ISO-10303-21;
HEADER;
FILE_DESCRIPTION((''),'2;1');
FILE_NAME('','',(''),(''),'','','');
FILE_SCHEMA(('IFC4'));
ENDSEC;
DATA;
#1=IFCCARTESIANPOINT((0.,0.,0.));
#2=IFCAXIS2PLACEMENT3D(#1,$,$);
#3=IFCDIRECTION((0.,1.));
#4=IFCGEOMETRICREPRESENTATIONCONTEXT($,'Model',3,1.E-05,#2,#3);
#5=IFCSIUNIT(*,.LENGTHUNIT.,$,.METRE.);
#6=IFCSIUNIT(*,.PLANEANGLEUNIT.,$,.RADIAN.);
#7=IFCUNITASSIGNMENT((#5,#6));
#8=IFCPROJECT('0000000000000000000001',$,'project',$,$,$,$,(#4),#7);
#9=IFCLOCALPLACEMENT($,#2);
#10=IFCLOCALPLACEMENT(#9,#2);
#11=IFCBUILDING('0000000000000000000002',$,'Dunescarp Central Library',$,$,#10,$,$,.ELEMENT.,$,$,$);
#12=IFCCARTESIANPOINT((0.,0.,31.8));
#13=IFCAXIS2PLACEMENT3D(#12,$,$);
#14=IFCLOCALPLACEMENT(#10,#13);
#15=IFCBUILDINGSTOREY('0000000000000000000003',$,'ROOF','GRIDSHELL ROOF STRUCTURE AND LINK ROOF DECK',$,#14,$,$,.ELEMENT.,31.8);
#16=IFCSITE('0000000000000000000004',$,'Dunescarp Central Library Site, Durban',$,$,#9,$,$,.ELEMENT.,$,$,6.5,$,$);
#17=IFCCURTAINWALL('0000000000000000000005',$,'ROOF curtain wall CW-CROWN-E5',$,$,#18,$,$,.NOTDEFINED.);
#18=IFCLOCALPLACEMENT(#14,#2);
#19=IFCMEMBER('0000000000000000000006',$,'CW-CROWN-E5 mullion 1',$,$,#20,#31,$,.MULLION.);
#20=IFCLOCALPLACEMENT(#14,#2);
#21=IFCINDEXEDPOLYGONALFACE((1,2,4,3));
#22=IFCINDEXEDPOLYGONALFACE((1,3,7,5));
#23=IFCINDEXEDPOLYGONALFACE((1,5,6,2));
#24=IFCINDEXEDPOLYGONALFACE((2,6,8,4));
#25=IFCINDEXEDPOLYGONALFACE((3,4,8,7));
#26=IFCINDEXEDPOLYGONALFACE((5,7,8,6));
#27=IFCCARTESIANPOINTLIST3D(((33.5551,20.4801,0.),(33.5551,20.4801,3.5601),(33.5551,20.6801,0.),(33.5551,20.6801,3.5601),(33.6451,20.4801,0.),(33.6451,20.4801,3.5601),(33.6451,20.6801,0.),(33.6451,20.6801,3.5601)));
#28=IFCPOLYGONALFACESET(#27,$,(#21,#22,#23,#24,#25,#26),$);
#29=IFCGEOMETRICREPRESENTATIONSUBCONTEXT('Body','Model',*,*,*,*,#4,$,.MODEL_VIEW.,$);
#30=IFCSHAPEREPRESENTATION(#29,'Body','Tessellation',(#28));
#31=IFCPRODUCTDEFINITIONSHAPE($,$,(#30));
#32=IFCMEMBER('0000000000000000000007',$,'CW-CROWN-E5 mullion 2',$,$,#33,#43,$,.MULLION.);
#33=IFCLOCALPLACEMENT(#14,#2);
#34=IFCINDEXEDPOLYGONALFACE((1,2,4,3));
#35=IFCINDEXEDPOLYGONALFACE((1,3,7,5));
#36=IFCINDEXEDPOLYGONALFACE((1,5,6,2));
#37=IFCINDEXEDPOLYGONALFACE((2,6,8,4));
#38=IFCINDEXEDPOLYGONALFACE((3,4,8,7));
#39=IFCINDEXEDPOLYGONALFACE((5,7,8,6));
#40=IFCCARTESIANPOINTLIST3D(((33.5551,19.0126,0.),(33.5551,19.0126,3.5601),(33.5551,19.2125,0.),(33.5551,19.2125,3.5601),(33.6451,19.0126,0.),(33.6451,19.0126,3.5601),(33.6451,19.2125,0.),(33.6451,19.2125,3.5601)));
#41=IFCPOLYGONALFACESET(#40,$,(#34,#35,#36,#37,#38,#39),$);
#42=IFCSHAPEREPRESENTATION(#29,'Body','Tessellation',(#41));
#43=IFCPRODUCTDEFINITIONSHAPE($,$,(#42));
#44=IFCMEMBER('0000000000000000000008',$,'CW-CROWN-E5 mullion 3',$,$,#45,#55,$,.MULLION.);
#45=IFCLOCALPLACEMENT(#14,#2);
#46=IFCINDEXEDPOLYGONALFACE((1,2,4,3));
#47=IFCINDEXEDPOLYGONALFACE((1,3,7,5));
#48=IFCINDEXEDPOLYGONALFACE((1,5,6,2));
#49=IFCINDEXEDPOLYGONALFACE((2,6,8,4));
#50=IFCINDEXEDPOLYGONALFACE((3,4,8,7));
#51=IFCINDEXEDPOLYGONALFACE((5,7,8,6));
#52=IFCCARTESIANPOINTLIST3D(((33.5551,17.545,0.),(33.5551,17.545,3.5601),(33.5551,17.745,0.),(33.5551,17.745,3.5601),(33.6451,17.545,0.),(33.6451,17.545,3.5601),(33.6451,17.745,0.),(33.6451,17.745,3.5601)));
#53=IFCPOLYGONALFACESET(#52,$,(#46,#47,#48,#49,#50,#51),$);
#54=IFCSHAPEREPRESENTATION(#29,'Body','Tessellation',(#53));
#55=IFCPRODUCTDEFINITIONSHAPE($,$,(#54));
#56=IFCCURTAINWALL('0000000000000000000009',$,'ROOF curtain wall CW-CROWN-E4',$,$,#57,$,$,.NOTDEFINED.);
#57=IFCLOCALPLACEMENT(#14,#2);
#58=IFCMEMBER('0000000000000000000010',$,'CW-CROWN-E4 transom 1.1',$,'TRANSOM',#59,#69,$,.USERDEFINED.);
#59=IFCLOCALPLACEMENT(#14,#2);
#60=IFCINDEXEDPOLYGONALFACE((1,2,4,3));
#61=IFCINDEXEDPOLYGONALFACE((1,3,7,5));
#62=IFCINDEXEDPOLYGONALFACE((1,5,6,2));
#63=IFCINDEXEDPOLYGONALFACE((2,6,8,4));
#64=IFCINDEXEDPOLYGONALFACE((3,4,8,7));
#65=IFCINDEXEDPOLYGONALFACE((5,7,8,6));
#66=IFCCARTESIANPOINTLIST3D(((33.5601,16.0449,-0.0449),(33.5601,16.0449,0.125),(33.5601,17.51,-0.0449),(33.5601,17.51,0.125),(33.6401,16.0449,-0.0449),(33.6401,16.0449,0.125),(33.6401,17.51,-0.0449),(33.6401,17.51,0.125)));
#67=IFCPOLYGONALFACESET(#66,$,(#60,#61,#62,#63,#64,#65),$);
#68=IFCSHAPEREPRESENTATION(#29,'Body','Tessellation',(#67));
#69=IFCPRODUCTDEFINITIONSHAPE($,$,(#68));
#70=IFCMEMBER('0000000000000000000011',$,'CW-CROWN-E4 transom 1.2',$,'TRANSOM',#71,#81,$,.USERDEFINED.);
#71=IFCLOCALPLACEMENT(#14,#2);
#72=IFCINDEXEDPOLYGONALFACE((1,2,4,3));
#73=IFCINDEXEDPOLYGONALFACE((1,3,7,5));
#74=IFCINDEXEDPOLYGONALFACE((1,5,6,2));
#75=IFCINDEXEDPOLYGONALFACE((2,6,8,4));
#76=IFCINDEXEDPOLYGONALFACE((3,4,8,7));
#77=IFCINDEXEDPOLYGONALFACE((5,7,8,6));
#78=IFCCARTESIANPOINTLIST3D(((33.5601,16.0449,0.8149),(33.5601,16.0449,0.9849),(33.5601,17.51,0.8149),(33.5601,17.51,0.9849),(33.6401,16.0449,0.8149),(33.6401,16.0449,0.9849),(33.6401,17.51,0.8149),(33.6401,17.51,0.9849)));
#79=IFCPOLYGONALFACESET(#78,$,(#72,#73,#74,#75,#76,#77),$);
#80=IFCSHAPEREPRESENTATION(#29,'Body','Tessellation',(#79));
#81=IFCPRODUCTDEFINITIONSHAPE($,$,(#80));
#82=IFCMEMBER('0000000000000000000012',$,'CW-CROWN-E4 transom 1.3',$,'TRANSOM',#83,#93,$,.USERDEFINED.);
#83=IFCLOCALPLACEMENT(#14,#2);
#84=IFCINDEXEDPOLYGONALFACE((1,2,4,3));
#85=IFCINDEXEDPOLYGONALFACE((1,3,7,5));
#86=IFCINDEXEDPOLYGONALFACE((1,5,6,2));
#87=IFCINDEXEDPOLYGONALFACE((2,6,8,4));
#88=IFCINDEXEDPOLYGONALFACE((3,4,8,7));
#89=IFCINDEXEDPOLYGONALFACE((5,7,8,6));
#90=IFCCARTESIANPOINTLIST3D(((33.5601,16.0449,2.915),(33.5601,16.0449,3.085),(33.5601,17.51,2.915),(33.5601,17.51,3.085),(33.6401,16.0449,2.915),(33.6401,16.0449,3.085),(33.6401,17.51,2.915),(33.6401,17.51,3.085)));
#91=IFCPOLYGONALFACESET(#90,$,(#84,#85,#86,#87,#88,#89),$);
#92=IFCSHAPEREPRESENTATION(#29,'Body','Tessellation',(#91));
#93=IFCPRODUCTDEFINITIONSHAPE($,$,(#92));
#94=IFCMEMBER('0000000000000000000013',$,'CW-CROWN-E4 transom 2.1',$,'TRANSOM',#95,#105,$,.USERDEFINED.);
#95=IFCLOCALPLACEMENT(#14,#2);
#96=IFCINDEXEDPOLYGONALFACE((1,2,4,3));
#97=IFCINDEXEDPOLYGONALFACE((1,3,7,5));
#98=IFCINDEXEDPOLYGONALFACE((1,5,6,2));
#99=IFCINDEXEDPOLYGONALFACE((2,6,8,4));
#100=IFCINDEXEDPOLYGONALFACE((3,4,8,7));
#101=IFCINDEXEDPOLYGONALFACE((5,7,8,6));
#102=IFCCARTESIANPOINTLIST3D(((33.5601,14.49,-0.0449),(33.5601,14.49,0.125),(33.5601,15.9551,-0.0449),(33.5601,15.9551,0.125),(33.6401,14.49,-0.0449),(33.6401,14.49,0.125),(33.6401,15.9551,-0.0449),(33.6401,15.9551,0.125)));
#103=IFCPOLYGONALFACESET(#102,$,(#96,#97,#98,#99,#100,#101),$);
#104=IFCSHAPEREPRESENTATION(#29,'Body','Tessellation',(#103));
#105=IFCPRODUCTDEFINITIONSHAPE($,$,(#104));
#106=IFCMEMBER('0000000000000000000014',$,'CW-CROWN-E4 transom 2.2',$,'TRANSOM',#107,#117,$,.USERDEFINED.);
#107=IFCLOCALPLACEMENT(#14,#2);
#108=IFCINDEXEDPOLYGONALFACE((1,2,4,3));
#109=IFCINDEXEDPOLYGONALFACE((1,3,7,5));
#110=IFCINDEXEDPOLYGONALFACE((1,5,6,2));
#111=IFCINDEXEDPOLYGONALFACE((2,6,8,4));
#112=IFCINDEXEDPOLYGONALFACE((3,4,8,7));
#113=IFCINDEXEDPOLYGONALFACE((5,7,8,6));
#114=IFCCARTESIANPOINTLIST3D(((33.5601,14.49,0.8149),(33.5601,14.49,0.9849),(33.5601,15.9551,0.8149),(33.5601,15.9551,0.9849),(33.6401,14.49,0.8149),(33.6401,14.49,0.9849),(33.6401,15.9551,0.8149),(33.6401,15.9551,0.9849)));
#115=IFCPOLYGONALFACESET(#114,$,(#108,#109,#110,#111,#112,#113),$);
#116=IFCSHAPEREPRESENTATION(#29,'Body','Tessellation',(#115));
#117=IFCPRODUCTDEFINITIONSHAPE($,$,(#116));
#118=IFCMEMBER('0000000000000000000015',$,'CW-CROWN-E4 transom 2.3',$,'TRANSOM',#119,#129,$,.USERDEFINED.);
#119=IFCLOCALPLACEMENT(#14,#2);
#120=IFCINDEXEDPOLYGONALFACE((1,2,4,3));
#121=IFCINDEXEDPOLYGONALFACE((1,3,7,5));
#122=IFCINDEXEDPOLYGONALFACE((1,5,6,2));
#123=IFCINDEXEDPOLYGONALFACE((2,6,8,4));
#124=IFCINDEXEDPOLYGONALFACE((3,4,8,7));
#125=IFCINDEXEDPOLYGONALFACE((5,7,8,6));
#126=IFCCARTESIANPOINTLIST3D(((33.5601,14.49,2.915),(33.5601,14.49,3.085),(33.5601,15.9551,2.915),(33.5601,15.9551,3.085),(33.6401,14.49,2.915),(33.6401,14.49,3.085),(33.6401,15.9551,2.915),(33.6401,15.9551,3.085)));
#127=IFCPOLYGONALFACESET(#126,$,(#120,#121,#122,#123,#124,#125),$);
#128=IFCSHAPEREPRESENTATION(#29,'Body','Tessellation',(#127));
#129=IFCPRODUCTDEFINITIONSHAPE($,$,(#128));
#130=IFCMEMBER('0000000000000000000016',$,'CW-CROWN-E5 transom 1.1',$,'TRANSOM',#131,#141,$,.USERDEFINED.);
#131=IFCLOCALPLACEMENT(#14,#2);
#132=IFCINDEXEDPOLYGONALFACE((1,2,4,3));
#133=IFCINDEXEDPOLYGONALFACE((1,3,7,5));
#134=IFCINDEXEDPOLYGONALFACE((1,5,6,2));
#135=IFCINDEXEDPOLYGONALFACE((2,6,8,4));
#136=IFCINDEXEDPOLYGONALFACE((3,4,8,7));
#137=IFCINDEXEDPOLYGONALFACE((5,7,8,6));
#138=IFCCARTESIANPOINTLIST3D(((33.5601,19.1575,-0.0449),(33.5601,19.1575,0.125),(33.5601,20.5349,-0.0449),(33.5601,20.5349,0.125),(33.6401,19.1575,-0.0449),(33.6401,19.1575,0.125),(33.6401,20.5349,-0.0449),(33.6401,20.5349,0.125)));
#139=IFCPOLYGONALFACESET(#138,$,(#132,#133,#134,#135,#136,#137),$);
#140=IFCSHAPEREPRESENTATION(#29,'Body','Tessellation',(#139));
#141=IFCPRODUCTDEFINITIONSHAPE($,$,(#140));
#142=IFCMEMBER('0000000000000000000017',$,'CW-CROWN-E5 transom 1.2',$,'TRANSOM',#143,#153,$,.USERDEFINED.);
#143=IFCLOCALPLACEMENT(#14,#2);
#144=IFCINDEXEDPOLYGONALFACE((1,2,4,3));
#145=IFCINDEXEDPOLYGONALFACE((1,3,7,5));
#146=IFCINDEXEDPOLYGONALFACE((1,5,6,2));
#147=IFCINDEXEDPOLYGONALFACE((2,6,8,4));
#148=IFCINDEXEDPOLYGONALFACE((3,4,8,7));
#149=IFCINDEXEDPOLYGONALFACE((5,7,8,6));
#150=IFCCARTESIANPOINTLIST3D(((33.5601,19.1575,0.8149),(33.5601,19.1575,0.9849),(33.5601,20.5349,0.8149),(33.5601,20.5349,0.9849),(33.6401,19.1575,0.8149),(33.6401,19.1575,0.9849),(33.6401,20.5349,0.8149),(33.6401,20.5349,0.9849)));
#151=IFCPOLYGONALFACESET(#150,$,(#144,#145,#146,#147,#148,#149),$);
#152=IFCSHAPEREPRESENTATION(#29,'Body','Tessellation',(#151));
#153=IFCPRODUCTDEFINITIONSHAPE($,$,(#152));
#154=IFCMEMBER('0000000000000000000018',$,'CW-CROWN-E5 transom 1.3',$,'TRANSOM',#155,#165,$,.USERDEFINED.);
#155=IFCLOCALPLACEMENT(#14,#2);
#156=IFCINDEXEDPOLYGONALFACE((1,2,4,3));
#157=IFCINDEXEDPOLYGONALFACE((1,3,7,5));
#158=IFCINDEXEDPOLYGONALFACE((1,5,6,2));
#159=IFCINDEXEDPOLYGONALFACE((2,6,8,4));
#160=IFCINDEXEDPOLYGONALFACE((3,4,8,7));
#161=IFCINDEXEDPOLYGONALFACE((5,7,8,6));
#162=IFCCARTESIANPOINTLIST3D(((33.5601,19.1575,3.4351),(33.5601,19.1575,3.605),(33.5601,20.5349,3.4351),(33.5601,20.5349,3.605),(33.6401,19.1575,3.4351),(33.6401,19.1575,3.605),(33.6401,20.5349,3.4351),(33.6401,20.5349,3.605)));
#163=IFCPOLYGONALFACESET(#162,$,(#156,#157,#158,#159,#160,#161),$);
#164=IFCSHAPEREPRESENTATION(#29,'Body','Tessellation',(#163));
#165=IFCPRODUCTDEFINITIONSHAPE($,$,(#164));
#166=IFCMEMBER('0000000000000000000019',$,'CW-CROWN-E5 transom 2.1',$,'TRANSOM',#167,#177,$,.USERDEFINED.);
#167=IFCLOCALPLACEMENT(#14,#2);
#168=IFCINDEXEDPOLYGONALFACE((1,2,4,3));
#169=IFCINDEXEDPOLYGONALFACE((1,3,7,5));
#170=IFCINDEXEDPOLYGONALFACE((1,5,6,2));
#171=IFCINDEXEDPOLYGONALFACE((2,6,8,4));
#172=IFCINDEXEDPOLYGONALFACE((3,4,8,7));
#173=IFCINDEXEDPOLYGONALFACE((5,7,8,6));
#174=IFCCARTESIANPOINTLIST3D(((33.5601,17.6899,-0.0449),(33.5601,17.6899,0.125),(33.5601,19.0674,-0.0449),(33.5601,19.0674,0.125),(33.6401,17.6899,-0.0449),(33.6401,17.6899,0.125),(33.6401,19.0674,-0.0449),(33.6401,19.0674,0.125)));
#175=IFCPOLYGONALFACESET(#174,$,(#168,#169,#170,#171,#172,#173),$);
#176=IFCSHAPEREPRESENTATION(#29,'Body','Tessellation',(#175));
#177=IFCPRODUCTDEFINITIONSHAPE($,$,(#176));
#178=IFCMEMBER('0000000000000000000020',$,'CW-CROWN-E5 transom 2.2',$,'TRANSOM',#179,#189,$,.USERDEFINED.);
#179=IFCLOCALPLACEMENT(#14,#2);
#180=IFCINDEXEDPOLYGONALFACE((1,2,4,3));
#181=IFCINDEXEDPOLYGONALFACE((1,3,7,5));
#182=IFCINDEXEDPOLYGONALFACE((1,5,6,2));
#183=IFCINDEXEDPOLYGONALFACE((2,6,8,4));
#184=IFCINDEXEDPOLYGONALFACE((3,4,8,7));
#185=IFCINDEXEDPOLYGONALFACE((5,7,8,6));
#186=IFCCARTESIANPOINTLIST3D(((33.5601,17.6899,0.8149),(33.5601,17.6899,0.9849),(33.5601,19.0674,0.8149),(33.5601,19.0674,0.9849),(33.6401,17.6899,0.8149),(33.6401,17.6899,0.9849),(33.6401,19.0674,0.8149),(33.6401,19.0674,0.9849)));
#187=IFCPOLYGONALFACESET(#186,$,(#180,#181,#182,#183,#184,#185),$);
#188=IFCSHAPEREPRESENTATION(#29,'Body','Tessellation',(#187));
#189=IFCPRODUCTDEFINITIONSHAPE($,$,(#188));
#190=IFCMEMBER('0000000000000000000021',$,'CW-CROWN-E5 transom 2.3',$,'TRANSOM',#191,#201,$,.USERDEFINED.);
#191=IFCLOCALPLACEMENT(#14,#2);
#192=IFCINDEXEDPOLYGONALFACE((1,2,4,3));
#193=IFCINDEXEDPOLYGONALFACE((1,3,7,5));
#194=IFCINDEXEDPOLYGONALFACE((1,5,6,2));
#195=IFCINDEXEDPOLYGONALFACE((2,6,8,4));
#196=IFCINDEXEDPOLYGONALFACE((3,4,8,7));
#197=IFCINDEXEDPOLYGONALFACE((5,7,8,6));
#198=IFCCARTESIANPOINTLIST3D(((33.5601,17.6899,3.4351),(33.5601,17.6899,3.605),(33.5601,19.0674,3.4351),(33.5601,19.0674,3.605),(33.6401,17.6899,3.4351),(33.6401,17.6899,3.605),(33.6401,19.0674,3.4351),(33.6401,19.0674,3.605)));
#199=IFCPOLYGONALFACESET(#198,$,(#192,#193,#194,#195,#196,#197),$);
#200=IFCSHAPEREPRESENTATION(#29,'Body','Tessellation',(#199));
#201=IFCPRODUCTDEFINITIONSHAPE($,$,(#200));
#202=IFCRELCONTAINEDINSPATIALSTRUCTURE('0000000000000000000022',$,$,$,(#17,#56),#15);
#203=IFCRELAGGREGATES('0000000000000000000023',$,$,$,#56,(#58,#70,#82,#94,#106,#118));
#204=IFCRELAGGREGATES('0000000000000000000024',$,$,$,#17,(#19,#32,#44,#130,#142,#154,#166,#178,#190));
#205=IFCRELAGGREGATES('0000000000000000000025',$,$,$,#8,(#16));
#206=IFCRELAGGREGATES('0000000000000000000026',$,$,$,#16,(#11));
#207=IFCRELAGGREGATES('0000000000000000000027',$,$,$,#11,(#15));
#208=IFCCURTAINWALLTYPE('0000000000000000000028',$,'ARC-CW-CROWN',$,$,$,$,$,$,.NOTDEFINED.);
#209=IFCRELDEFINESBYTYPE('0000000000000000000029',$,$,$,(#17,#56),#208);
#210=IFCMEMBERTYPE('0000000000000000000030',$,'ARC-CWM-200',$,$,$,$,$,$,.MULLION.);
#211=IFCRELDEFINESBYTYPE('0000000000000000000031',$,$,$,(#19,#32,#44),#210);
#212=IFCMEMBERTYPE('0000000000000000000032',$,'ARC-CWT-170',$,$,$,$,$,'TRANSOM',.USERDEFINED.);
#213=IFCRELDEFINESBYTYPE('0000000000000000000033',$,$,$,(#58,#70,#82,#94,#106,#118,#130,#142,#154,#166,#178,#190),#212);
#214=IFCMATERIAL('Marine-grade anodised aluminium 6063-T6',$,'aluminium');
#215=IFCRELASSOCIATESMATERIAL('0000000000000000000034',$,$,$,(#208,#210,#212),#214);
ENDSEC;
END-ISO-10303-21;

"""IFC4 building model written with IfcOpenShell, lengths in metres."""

from ifc_helpers import new_model, si_unit, direction, frame, origin, origin_2d, place, context, subcontext, project, spatial, rectangle, extrude, material, material_profile, profile_set, type_object, element, aggregate, save


model = new_model("IFC4")

# Units and contexts
model_context = context("Model", 3, precision=1e-05, world=origin(), true_north=direction((0.0, 1.0)))
body_context = subcontext(model_context, "Body", "Model", "MODEL_VIEW")
ifc_project = project(units=[si_unit("LENGTHUNIT", "METRE"), si_unit("PLANEANGLEUNIT", "RADIAN")], contexts=[model_context])

# Site, building, storey
site_placement = place(None, origin())
site = spatial("IfcSite", under=ifc_project, at=site_placement, Name="Dunescarp Central Library Site, Durban", CompositionType="ELEMENT", RefElevation=6.5)
building_placement = place(site_placement, origin())
building = spatial("IfcBuilding", under=site, at=building_placement, Name="Dunescarp Central Library", CompositionType="ELEMENT")
storey_placement = place(building_placement, frame((0.0, 0.0, 31.8)))
storey = spatial("IfcBuildingStorey", under=building, at=storey_placement, Name="ROOF", Description="GRIDSHELL ROOF STRUCTURE AND LINK ROOF DECK", CompositionType="ELEMENT", Elevation=31.8)

# Curtain walls, members
ifc_material_1 = material(Name="Marine-grade anodised aluminium 6063-T6", Category="aluminium")
curtain_wall_type = type_object("IfcCurtainWallType", Name="ARC-CW-CROWN", PredefinedType="NOTDEFINED", material=ifc_material_1)
curtain_wall_1_placement = place(storey_placement, origin())
curtain_wall_1 = element("IfcCurtainWall", 1, at=curtain_wall_1_placement, inside=storey, type_object=curtain_wall_type, Name="ROOF curtain wall CW-CROWN-E5", PredefinedType="NOTDEFINED")
ifc_material_profile_1 = material_profile(ifc_material_1, rectangle(XDim=0.0901, YDim=0.2, at=origin_2d()), Name="AL 90x200")
ifc_profile_set_1 = profile_set([ifc_material_profile_1], Name="Marine-grade anodised aluminium 6063-T6")
member_type_1 = type_object("IfcMemberType", Name="ARC-CWM-200", PredefinedType="MULLION", material=ifc_profile_set_1)
member_1_placement = place(storey_placement, frame((33.6001, 20.5801, 0.0), z_axis=(0.0, 0.0, 1.0), x_axis=(1.0, 0.0, 0.0)))
member_1 = element("IfcMember", 2, at=member_1_placement, type_object=member_type_1, Name="CW-CROWN-E5 mullion 1", PredefinedType="MULLION", context=body_context, shape_type="SweptSolid", body=[
    extrude(rectangle(XDim=0.0901, YDim=0.2, at=origin_2d()), origin(), (0.0, 0.0, 1.0), 3.5601),
])
member_2_placement = place(storey_placement, frame((33.6001, 19.1125, 0.0), z_axis=(0.0, 0.0, 1.0), x_axis=(1.0, 0.0, 0.0)))
member_2 = element("IfcMember", 3, at=member_2_placement, type_object=member_type_1, Name="CW-CROWN-E5 mullion 2", PredefinedType="MULLION", context=body_context, shape_type="SweptSolid", body=[
    extrude(rectangle(XDim=0.0901, YDim=0.2, at=origin_2d()), origin(), (0.0, 0.0, 1.0), 3.5601),
])
member_3_placement = place(storey_placement, frame((33.6001, 17.645, 0.0), z_axis=(0.0, 0.0, 1.0), x_axis=(1.0, 0.0, 0.0)))
member_3 = element("IfcMember", 4, at=member_3_placement, type_object=member_type_1, Name="CW-CROWN-E5 mullion 3", PredefinedType="MULLION", context=body_context, shape_type="SweptSolid", body=[
    extrude(rectangle(XDim=0.0901, YDim=0.2, at=origin_2d()), origin(), (0.0, 0.0, 1.0), 3.5601),
])
curtain_wall_2_placement = place(storey_placement, origin())
curtain_wall_2 = element("IfcCurtainWall", 5, at=curtain_wall_2_placement, inside=storey, type_object=curtain_wall_type, Name="ROOF curtain wall CW-CROWN-E4", PredefinedType="NOTDEFINED")
ifc_material_profile_2 = material_profile(ifc_material_1, rectangle(XDim=0.0801, YDim=0.1699, at=origin_2d()), Name="AL 80x170")
ifc_profile_set_2 = profile_set([ifc_material_profile_2], Name="Marine-grade anodised aluminium 6063-T6")
member_type_2 = type_object("IfcMemberType", Name="ARC-CWT-170", ElementType="TRANSOM", PredefinedType="USERDEFINED", material=ifc_profile_set_2)
member_4_placement = place(storey_placement, frame((33.6001, 17.51, 0.04), z_axis=(0.0, -1.0, 0.0), x_axis=(1.0, 0.0, 0.0)))
member_4 = element("IfcMember", 6, at=member_4_placement, type_object=member_type_2, Name="CW-CROWN-E4 transom 1.1", ObjectType="TRANSOM", PredefinedType="USERDEFINED", context=body_context, shape_type="SweptSolid", body=[
    extrude(rectangle(XDim=0.0801, YDim=0.1699, at=origin_2d()), origin(), (0.0, 0.0, 1.0), 1.4651),
])
member_5_placement = place(storey_placement, frame((33.6001, 17.51, 0.8999), z_axis=(0.0, -1.0, 0.0), x_axis=(1.0, 0.0, 0.0)))
member_5 = element("IfcMember", 7, at=member_5_placement, type_object=member_type_2, Name="CW-CROWN-E4 transom 1.2", ObjectType="TRANSOM", PredefinedType="USERDEFINED", context=body_context, shape_type="SweptSolid", body=[
    extrude(rectangle(XDim=0.0801, YDim=0.1699, at=origin_2d()), origin(), (0.0, 0.0, 1.0), 1.4651),
])
member_6_placement = place(storey_placement, frame((33.6001, 17.51, 3.0), z_axis=(0.0, -1.0, 0.0), x_axis=(1.0, 0.0, 0.0)))
member_6 = element("IfcMember", 8, at=member_6_placement, type_object=member_type_2, Name="CW-CROWN-E4 transom 1.3", ObjectType="TRANSOM", PredefinedType="USERDEFINED", context=body_context, shape_type="SweptSolid", body=[
    extrude(rectangle(XDim=0.0801, YDim=0.1699, at=origin_2d()), origin(), (0.0, 0.0, 1.0), 1.4651),
])
member_7_placement = place(storey_placement, frame((33.6001, 15.9551, 0.04), z_axis=(0.0, -1.0, 0.0), x_axis=(1.0, 0.0, 0.0)))
member_7 = element("IfcMember", 9, at=member_7_placement, type_object=member_type_2, Name="CW-CROWN-E4 transom 2.1", ObjectType="TRANSOM", PredefinedType="USERDEFINED", context=body_context, shape_type="SweptSolid", body=[
    extrude(rectangle(XDim=0.0801, YDim=0.1699, at=origin_2d()), origin(), (0.0, 0.0, 1.0), 1.4651),
])
member_8_placement = place(storey_placement, frame((33.6001, 15.9551, 0.8999), z_axis=(0.0, -1.0, 0.0), x_axis=(1.0, 0.0, 0.0)))
member_8 = element("IfcMember", 10, at=member_8_placement, type_object=member_type_2, Name="CW-CROWN-E4 transom 2.2", ObjectType="TRANSOM", PredefinedType="USERDEFINED", context=body_context, shape_type="SweptSolid", body=[
    extrude(rectangle(XDim=0.0801, YDim=0.1699, at=origin_2d()), origin(), (0.0, 0.0, 1.0), 1.4651),
])
member_9_placement = place(storey_placement, frame((33.6001, 15.9551, 3.0), z_axis=(0.0, -1.0, 0.0), x_axis=(1.0, 0.0, 0.0)))
member_9 = element("IfcMember", 11, at=member_9_placement, type_object=member_type_2, Name="CW-CROWN-E4 transom 2.3", ObjectType="TRANSOM", PredefinedType="USERDEFINED", context=body_context, shape_type="SweptSolid", body=[
    extrude(rectangle(XDim=0.0801, YDim=0.1699, at=origin_2d()), origin(), (0.0, 0.0, 1.0), 1.4651),
])

# Members
member_10_placement = place(storey_placement, frame((33.6001, 20.5349, 0.04), z_axis=(0.0, -1.0, 0.0), x_axis=(1.0, 0.0, 0.0)))
member_10 = element("IfcMember", 12, at=member_10_placement, type_object=member_type_2, Name="CW-CROWN-E5 transom 1.1", ObjectType="TRANSOM", PredefinedType="USERDEFINED", context=body_context, shape_type="SweptSolid", body=[
    extrude(rectangle(XDim=0.0801, YDim=0.1699, at=origin_2d()), origin(), (0.0, 0.0, 1.0), 1.3774),
])
member_11_placement = place(storey_placement, frame((33.6001, 20.5349, 0.8999), z_axis=(0.0, -1.0, 0.0), x_axis=(1.0, 0.0, 0.0)))
member_11 = element("IfcMember", 13, at=member_11_placement, type_object=member_type_2, Name="CW-CROWN-E5 transom 1.2", ObjectType="TRANSOM", PredefinedType="USERDEFINED", context=body_context, shape_type="SweptSolid", body=[
    extrude(rectangle(XDim=0.0801, YDim=0.1699, at=origin_2d()), origin(), (0.0, 0.0, 1.0), 1.3774),
])
member_12_placement = place(storey_placement, frame((33.6001, 20.5349, 3.52), z_axis=(0.0, -1.0, 0.0), x_axis=(1.0, 0.0, 0.0)))
member_12 = element("IfcMember", 14, at=member_12_placement, type_object=member_type_2, Name="CW-CROWN-E5 transom 1.3", ObjectType="TRANSOM", PredefinedType="USERDEFINED", context=body_context, shape_type="SweptSolid", body=[
    extrude(rectangle(XDim=0.0801, YDim=0.1699, at=origin_2d()), origin(), (0.0, 0.0, 1.0), 1.3774),
])
member_13_placement = place(storey_placement, frame((33.6001, 19.0674, 0.04), z_axis=(0.0, -1.0, 0.0), x_axis=(1.0, 0.0, 0.0)))
member_13 = element("IfcMember", 15, at=member_13_placement, type_object=member_type_2, Name="CW-CROWN-E5 transom 2.1", ObjectType="TRANSOM", PredefinedType="USERDEFINED", context=body_context, shape_type="SweptSolid", body=[
    extrude(rectangle(XDim=0.0801, YDim=0.1699, at=origin_2d()), origin(), (0.0, 0.0, 1.0), 1.3774),
])
member_14_placement = place(storey_placement, frame((33.6001, 19.0674, 0.8999), z_axis=(0.0, -1.0, 0.0), x_axis=(1.0, 0.0, 0.0)))
member_14 = element("IfcMember", 16, at=member_14_placement, type_object=member_type_2, Name="CW-CROWN-E5 transom 2.2", ObjectType="TRANSOM", PredefinedType="USERDEFINED", context=body_context, shape_type="SweptSolid", body=[
    extrude(rectangle(XDim=0.0801, YDim=0.1699, at=origin_2d()), origin(), (0.0, 0.0, 1.0), 1.3774),
])
member_15_placement = place(storey_placement, frame((33.6001, 19.0674, 3.52), z_axis=(0.0, -1.0, 0.0), x_axis=(1.0, 0.0, 0.0)))
member_15 = element("IfcMember", 17, at=member_15_placement, type_object=member_type_2, Name="CW-CROWN-E5 transom 2.3", ObjectType="TRANSOM", PredefinedType="USERDEFINED", context=body_context, shape_type="SweptSolid", body=[
    extrude(rectangle(XDim=0.0801, YDim=0.1699, at=origin_2d()), origin(), (0.0, 0.0, 1.0), 1.3774),
])

aggregate(curtain_wall_2, [member_4, member_5, member_6, member_7, member_8, member_9])
aggregate(curtain_wall_1, [member_1, member_2, member_3, member_10, member_11, member_12, member_13, member_14, member_15])

save(model, "model.ifc")
